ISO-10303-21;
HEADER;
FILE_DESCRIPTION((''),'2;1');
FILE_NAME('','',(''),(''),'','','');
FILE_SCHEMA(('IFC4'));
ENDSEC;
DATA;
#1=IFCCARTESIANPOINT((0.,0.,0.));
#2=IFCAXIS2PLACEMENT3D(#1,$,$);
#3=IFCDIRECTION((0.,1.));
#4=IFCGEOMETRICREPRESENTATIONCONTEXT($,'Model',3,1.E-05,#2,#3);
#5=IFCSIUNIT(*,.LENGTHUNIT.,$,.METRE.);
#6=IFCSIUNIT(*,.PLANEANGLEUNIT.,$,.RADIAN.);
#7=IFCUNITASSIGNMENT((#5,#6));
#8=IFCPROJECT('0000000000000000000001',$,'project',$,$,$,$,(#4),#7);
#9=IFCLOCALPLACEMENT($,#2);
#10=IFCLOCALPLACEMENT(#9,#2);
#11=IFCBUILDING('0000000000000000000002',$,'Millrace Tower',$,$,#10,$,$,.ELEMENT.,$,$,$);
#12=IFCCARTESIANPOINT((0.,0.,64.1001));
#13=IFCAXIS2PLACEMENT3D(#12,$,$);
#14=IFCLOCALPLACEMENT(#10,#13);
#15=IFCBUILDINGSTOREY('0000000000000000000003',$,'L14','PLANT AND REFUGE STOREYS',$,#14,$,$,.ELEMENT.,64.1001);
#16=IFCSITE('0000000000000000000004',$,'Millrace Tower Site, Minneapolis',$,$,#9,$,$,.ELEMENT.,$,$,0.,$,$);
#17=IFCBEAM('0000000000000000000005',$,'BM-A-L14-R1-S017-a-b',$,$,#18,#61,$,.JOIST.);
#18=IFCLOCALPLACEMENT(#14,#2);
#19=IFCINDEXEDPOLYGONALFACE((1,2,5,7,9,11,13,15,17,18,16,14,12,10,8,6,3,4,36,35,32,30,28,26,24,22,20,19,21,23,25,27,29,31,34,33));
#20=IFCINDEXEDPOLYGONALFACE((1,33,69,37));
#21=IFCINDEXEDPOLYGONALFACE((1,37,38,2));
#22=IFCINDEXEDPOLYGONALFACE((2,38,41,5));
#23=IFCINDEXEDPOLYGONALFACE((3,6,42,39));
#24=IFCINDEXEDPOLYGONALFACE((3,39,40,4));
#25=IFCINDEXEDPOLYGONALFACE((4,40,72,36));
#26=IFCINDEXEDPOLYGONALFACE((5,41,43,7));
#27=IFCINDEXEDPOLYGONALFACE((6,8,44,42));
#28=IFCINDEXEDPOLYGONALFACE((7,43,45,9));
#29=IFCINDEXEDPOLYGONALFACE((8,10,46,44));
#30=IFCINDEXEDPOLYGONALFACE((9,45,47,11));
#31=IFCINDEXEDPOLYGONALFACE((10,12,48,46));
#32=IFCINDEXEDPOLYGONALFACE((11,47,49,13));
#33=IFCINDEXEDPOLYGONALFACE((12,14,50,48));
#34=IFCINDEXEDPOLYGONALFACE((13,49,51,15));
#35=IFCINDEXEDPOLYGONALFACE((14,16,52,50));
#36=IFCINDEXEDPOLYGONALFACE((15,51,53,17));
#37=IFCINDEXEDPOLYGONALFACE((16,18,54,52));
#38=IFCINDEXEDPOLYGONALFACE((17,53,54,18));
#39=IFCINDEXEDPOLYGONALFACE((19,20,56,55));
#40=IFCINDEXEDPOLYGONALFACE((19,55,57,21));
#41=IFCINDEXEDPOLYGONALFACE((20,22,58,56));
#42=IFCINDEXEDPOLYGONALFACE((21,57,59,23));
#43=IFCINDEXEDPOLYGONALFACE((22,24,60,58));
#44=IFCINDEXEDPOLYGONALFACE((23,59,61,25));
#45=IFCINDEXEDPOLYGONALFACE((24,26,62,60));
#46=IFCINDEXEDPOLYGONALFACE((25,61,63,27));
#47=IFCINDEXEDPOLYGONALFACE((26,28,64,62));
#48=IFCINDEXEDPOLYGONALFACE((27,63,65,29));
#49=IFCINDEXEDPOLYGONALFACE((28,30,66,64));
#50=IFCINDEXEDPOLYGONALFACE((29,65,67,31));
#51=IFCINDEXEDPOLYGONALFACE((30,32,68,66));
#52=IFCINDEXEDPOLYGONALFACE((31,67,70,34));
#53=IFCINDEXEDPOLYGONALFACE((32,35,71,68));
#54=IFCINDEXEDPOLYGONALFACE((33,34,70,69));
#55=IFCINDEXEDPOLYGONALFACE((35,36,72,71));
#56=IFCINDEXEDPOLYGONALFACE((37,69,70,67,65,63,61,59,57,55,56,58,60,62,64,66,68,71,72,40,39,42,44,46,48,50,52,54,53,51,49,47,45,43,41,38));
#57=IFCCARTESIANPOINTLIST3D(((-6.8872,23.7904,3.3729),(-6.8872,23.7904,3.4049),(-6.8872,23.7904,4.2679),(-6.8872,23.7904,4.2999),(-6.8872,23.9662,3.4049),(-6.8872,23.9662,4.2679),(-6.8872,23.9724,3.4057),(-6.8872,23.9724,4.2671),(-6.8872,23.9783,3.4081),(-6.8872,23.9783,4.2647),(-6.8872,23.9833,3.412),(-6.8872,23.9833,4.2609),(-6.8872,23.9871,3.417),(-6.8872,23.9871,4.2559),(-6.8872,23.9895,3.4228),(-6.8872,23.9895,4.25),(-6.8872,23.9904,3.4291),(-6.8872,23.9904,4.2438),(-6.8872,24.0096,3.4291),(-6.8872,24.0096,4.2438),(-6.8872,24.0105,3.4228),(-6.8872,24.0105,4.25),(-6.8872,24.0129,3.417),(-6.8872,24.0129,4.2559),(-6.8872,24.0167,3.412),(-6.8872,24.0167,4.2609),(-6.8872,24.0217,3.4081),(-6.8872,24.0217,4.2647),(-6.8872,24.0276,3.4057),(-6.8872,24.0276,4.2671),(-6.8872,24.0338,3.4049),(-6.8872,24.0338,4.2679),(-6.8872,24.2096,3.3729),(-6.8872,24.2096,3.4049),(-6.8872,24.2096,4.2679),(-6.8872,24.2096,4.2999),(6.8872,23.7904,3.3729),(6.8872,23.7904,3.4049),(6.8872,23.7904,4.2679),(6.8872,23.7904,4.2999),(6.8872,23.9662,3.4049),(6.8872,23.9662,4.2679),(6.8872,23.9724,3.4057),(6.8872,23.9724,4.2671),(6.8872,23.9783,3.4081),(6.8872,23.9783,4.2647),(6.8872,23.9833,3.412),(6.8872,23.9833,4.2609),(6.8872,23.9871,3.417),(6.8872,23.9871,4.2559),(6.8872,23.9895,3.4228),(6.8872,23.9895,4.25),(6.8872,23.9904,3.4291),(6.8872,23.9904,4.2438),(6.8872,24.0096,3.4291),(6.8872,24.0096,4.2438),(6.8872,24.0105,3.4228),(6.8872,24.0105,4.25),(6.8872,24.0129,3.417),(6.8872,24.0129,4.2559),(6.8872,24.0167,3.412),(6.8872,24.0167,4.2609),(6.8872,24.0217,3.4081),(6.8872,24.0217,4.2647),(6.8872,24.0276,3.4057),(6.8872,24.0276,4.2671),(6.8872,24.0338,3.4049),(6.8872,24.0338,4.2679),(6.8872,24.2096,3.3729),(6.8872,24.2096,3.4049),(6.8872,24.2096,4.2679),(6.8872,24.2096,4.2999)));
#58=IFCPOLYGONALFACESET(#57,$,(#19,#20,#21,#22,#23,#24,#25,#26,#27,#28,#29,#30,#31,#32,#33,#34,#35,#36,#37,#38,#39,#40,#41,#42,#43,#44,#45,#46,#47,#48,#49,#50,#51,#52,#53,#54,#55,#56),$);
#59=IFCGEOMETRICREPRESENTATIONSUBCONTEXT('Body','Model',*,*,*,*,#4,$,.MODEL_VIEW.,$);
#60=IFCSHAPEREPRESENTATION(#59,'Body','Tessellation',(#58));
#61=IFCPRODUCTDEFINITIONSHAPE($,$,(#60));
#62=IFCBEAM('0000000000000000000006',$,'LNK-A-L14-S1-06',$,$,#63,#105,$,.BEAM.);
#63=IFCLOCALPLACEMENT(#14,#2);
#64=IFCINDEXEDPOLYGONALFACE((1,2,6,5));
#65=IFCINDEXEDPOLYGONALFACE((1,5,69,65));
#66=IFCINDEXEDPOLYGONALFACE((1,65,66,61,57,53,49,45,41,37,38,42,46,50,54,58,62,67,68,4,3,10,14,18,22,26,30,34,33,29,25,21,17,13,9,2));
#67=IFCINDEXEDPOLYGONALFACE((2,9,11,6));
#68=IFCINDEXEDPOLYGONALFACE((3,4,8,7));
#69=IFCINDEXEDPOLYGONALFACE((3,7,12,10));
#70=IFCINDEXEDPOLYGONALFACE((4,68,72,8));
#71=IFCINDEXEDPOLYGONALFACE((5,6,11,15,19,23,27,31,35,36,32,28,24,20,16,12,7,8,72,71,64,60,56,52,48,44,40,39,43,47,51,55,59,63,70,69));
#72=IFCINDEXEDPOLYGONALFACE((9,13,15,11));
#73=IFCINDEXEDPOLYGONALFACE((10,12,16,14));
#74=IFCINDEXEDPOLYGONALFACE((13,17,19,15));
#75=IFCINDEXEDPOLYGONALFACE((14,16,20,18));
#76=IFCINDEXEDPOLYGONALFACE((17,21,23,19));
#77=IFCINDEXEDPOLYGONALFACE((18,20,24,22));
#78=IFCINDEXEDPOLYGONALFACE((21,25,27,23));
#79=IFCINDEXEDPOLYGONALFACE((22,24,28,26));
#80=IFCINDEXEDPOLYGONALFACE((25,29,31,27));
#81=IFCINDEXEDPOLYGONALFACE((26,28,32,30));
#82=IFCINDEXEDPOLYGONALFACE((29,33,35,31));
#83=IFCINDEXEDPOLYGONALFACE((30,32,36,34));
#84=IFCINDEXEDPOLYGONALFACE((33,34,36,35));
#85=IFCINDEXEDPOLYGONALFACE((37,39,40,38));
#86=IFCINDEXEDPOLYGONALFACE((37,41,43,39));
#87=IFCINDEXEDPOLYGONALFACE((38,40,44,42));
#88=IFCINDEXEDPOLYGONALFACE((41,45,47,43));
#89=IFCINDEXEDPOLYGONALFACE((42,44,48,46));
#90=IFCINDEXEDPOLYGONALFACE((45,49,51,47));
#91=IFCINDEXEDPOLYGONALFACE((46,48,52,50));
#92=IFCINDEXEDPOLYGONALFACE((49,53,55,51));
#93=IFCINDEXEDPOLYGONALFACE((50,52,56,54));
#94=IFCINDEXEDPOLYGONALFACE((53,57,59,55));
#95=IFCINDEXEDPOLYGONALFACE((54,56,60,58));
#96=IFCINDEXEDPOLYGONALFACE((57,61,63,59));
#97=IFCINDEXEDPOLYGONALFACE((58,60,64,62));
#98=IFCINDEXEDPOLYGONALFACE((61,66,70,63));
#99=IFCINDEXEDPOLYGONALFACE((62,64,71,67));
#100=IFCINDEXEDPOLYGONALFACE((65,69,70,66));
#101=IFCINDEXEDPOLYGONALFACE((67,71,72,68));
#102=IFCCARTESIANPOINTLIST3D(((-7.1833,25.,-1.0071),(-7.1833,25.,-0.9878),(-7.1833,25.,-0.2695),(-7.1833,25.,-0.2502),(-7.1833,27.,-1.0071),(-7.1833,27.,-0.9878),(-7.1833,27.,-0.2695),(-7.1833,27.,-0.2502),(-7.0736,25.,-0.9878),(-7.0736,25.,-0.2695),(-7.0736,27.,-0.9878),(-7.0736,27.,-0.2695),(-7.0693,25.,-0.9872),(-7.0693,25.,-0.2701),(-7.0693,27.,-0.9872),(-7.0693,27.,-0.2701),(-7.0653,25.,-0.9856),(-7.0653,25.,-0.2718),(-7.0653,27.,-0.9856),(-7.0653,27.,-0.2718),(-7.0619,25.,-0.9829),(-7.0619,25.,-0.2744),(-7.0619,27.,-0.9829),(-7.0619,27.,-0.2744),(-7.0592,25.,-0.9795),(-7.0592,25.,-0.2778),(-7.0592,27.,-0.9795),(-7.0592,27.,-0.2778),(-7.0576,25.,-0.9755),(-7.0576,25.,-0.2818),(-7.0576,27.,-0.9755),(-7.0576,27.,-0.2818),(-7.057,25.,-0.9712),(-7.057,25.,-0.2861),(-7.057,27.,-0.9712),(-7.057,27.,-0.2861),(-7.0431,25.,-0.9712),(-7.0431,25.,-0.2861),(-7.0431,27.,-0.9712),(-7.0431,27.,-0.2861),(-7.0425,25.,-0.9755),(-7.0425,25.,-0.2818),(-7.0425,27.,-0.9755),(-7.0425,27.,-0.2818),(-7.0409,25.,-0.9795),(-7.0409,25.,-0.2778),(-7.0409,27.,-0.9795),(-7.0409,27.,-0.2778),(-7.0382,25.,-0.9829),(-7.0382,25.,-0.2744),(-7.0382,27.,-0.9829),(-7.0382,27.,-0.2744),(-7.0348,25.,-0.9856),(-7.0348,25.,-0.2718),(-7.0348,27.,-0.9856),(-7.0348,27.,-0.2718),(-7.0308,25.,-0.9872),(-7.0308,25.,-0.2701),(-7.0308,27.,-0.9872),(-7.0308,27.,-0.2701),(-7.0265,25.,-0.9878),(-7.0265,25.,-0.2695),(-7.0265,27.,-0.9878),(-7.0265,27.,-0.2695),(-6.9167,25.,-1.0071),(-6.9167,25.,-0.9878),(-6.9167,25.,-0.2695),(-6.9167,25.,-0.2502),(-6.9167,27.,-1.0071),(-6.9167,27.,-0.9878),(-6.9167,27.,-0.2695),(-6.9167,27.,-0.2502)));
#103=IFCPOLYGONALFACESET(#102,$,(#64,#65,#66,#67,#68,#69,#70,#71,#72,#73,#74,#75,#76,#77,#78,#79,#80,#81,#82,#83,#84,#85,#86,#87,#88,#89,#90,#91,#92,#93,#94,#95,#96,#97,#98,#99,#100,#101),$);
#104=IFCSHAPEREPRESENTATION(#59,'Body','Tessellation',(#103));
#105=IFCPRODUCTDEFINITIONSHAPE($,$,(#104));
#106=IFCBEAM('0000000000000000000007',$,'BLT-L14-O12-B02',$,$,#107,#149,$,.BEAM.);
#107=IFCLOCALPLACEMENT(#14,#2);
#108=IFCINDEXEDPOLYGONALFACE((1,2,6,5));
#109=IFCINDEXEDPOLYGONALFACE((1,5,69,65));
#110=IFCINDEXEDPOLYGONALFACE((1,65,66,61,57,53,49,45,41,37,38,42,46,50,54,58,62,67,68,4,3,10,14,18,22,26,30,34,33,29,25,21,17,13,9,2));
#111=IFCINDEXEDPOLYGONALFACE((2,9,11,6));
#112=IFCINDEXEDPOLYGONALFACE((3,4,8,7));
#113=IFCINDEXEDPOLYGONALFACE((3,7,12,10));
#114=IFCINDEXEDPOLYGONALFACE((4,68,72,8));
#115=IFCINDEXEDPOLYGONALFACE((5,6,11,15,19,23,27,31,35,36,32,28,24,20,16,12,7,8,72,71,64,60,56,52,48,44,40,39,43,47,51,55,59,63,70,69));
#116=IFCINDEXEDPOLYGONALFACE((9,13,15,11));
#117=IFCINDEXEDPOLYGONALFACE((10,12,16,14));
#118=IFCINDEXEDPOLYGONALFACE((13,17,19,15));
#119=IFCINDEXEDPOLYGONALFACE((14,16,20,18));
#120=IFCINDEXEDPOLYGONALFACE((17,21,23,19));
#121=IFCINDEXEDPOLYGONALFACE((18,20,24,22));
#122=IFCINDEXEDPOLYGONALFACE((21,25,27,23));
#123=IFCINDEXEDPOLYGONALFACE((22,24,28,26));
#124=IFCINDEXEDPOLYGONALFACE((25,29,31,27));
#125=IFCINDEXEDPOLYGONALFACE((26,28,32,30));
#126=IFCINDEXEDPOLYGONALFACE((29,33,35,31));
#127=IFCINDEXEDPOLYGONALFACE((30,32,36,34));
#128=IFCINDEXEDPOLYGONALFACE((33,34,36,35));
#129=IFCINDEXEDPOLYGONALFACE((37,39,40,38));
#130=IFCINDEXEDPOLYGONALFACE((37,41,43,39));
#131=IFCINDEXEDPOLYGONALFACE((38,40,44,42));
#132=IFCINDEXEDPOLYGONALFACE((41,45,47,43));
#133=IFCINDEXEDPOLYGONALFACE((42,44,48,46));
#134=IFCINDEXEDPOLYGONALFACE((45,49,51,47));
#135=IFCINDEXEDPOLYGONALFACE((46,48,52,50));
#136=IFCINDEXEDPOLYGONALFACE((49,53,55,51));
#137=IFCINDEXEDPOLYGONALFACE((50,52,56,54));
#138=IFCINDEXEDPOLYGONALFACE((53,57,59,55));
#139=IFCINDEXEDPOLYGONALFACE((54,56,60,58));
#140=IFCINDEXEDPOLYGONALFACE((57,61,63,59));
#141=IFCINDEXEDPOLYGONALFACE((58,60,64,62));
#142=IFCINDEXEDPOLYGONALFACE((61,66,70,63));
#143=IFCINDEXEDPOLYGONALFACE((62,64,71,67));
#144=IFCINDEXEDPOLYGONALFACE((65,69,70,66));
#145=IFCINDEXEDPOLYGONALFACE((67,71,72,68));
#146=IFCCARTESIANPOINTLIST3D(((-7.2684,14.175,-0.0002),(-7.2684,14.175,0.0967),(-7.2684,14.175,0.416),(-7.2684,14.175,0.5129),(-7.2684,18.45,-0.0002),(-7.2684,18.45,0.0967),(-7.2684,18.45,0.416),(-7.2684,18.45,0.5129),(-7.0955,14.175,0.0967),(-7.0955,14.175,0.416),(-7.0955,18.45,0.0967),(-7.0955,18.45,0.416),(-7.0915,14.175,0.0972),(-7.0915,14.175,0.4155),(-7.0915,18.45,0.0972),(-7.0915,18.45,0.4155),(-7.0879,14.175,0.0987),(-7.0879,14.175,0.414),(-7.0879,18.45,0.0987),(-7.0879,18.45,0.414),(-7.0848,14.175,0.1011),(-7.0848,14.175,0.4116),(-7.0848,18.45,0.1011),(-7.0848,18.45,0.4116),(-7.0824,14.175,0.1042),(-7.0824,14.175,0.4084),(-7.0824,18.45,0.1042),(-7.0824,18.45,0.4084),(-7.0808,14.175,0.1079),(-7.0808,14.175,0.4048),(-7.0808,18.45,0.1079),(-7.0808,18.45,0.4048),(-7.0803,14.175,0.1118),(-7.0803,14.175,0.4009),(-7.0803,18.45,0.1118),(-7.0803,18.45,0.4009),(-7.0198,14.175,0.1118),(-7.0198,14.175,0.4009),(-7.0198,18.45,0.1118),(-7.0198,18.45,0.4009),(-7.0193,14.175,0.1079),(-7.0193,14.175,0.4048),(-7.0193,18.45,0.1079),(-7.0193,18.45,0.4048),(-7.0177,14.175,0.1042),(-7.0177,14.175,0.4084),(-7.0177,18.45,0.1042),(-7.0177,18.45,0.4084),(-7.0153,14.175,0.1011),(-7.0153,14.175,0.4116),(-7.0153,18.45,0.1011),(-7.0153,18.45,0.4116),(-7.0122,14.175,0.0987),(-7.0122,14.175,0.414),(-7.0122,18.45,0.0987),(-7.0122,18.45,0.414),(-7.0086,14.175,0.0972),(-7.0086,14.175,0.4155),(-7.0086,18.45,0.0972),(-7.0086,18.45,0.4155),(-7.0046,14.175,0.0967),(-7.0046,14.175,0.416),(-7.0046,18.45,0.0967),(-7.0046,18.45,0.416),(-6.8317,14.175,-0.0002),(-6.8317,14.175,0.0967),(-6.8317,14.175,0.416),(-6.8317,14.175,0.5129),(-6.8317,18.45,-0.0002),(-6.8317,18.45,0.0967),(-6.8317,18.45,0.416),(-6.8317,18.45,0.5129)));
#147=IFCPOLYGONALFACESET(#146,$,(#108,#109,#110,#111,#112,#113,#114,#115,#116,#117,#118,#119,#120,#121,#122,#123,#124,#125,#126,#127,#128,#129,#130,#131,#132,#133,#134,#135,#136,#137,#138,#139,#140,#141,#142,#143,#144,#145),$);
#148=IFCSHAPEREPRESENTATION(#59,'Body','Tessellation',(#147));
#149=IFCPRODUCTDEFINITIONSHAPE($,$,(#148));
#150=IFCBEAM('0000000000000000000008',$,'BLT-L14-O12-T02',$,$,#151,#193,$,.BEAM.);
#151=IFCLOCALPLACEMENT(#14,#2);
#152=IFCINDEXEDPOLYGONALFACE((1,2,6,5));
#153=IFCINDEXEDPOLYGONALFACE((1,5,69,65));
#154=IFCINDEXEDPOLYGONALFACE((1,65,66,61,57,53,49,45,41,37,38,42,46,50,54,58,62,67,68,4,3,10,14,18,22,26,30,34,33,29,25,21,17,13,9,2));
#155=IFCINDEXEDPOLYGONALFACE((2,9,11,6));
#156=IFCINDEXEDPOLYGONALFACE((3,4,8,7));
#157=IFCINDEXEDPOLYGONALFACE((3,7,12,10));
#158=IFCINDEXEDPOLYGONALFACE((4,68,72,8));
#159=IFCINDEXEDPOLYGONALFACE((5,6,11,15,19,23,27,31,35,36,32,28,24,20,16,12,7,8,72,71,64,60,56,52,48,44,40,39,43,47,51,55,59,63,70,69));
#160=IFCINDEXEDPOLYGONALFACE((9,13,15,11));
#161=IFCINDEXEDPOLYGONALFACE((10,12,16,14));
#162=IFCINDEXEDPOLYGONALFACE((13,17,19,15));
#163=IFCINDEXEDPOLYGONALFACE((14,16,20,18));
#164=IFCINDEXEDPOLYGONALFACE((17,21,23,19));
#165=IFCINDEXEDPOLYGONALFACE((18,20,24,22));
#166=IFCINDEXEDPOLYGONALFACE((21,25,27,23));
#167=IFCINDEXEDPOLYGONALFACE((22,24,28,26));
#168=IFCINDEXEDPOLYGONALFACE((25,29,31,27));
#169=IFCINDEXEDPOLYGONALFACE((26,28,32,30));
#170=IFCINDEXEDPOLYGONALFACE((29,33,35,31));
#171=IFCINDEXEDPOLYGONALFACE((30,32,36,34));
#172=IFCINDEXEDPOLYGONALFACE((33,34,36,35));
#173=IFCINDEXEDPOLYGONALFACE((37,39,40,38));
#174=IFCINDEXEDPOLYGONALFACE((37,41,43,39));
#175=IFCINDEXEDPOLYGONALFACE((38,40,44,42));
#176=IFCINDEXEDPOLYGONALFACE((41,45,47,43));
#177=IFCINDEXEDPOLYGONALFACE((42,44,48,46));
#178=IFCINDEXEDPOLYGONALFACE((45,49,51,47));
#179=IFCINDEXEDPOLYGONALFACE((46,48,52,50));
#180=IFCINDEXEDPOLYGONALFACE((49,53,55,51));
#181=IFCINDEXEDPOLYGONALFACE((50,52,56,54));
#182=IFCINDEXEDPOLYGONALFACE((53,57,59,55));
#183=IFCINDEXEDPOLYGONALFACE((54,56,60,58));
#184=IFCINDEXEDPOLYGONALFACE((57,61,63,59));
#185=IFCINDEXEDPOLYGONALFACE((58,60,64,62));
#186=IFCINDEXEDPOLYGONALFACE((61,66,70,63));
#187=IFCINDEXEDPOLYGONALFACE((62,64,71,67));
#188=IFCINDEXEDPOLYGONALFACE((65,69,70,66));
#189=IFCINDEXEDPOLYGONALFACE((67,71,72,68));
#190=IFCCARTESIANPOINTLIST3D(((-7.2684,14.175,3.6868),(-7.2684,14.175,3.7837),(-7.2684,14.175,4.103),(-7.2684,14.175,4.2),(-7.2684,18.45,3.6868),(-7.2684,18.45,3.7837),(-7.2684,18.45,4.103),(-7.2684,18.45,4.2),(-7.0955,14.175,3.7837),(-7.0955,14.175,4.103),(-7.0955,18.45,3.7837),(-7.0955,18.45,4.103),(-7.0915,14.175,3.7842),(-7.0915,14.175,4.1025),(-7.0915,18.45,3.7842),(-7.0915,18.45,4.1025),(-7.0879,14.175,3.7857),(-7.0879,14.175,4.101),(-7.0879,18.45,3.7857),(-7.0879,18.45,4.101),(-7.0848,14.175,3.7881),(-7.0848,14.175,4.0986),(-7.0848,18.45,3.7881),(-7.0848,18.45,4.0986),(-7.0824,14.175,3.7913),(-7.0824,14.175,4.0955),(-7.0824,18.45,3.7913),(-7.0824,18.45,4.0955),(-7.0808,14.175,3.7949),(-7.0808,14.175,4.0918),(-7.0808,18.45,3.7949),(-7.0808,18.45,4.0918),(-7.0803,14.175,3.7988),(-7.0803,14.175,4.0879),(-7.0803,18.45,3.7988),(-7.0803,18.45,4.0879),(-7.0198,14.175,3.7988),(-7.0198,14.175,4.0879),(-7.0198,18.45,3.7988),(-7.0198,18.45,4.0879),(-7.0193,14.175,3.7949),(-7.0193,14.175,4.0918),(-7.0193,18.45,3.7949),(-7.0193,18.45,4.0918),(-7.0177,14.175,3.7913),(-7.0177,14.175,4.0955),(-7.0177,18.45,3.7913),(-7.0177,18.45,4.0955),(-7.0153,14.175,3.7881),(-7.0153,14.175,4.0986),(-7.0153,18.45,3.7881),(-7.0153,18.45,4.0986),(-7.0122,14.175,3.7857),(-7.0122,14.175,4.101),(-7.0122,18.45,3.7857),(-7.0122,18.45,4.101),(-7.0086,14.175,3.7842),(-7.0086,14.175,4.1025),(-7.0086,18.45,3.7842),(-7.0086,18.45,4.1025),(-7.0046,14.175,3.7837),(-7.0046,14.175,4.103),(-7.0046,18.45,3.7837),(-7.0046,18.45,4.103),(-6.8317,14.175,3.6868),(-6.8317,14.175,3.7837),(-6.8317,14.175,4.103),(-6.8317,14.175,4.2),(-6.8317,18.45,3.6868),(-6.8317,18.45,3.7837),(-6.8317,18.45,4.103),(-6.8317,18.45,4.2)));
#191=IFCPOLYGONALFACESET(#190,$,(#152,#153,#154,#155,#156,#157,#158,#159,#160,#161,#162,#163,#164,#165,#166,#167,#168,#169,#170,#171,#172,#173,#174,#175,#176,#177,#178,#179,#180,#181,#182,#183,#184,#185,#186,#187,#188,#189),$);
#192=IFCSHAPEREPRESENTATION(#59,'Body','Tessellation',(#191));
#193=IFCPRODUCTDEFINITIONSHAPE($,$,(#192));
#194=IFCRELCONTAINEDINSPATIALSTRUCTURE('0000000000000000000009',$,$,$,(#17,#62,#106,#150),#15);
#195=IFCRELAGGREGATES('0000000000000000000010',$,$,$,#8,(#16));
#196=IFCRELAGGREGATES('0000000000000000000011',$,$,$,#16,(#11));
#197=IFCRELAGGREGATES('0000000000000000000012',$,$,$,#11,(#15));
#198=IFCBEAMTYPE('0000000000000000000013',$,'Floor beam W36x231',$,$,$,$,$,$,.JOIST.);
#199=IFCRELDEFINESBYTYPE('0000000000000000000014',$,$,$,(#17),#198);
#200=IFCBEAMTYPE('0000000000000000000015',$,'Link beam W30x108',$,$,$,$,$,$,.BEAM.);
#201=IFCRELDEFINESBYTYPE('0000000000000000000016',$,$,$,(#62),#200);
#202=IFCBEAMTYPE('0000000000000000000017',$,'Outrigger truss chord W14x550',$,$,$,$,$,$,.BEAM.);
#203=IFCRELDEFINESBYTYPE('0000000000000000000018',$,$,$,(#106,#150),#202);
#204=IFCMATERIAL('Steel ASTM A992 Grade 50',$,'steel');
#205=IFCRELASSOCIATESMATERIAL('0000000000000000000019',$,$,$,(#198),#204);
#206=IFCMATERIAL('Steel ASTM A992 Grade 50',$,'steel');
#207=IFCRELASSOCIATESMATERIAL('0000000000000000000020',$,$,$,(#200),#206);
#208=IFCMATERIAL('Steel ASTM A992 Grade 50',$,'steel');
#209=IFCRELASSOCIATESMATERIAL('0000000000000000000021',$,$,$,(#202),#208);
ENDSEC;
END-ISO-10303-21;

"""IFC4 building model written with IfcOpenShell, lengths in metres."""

from ifc_helpers import new_model, si_unit, direction, frame, origin, origin_2d, place, context, subcontext, project, spatial, i_section, extrude, material, material_profile, profile_set, type_object, element, save


model = new_model("IFC4")

# Units and contexts
model_context = context("Model", 3, precision=1e-05, world=origin(), true_north=direction((0.0, 1.0)))
body_context = subcontext(model_context, "Body", "Model", "MODEL_VIEW")
ifc_project = project(units=[si_unit("LENGTHUNIT", "METRE"), si_unit("PLANEANGLEUNIT", "RADIAN")], contexts=[model_context])

# Site, building, storey
site_placement = place(None, origin())
site = spatial("IfcSite", under=ifc_project, at=site_placement, Name="Millrace Tower Site, Minneapolis", CompositionType="ELEMENT", RefElevation=0.0)
building_placement = place(site_placement, origin())
building = spatial("IfcBuilding", under=site, at=building_placement, Name="Millrace Tower", CompositionType="ELEMENT")
storey_placement = place(building_placement, frame((0.0, 0.0, 64.1001)))
storey = spatial("IfcBuildingStorey", under=building, at=storey_placement, Name="L14", Description="PLANT AND REFUGE STOREYS", CompositionType="ELEMENT", Elevation=64.1001)

# Beams
ifc_material_1 = material(Name="Steel ASTM A992 Grade 50", Category="steel")
ifc_material_profile_1 = material_profile(ifc_material_1, i_section(OverallWidth=0.4192, OverallDepth=0.927, WebThickness=0.0193, FlangeThickness=0.032, FilletRadius=0.0242, at=origin_2d()))
ifc_profile_set_1 = profile_set([ifc_material_profile_1], Name="Steel ASTM A992 Grade 50")
beam_type_1 = type_object("IfcBeamType", Name="Floor beam W36x231", PredefinedType="JOIST", material=ifc_profile_set_1)
beam_1_placement = place(storey_placement, frame((-6.8872, 24.0, 3.8364), z_axis=(1.0, 0.0, 0.0), x_axis=(0.0, 1.0, 0.0)))
element("IfcBeam", 1, at=beam_1_placement, inside=storey, type_object=beam_type_1, Name="BM-A-L14-R1-S017-a-b", PredefinedType="JOIST", context=body_context, shape_type="SweptSolid", body=[
    extrude(i_section(OverallWidth=0.4192, OverallDepth=0.927, WebThickness=0.0193, FlangeThickness=0.032, FilletRadius=0.0242, at=origin_2d()), origin(), (0.0, 0.0, 1.0), 13.7744),
])
ifc_material_2 = material(Name="Steel ASTM A992 Grade 50", Category="steel")
ifc_material_profile_2 = material_profile(ifc_material_2, i_section(OverallWidth=0.2666, OverallDepth=0.7568, WebThickness=0.0139, FlangeThickness=0.0193, FilletRadius=0.0166, at=origin_2d()))
ifc_profile_set_2 = profile_set([ifc_material_profile_2], Name="Steel ASTM A992 Grade 50")
beam_type_2 = type_object("IfcBeamType", Name="Link beam W30x108", PredefinedType="BEAM", material=ifc_profile_set_2)
beam_2_placement = place(storey_placement, frame((-7.05, 25.0, -0.6287), z_axis=(0.0, 1.0, 0.0), x_axis=(-1.0, 0.0, 0.0)))
element("IfcBeam", 2, at=beam_2_placement, inside=storey, type_object=beam_type_2, Name="LNK-A-L14-S1-06", PredefinedType="BEAM", context=body_context, shape_type="SweptSolid", body=[
    extrude(i_section(OverallWidth=0.2666, OverallDepth=0.7568, WebThickness=0.0139, FlangeThickness=0.0193, FilletRadius=0.0166, at=origin_2d()), origin(), (0.0, 0.0, 1.0), 2.0),
])
ifc_material_3 = material(Name="Steel ASTM A992 Grade 50", Category="steel")
ifc_material_profile_3 = material_profile(ifc_material_3, i_section(OverallWidth=0.4368, OverallDepth=0.5132, WebThickness=0.0605, FlangeThickness=0.0969, FilletRadius=0.0151, at=origin_2d()))
ifc_profile_set_3 = profile_set([ifc_material_profile_3], Name="Steel ASTM A992 Grade 50")
beam_type_3 = type_object("IfcBeamType", Name="Outrigger truss chord W14x550", PredefinedType="BEAM", material=ifc_profile_set_3)
for number, where, z_axis, x_axis, name in (
    (3, (-7.05, 14.175, 0.2563), (0.0, 1.0, 0.0), (-1.0, 0.0, 0.0), "BLT-L14-O12-B02"),
    (4, (-7.05, 14.175, 3.9434), (0.0, 1.0, 0.0), (-1.0, 0.0, 0.0), "BLT-L14-O12-T02"),
):
    element("IfcBeam", number, at=place(storey_placement, frame(where, z_axis=z_axis, x_axis=x_axis)), inside=storey, type_object=beam_type_3, Name=name, PredefinedType="BEAM", context=body_context, shape_type="SweptSolid", body=[
        extrude(i_section(OverallWidth=0.4368, OverallDepth=0.5132, WebThickness=0.0605, FlangeThickness=0.0969, FilletRadius=0.0151, at=origin_2d()), origin(), (0.0, 0.0, 1.0), 4.2749),
    ])

save(model, "model.ifc")
